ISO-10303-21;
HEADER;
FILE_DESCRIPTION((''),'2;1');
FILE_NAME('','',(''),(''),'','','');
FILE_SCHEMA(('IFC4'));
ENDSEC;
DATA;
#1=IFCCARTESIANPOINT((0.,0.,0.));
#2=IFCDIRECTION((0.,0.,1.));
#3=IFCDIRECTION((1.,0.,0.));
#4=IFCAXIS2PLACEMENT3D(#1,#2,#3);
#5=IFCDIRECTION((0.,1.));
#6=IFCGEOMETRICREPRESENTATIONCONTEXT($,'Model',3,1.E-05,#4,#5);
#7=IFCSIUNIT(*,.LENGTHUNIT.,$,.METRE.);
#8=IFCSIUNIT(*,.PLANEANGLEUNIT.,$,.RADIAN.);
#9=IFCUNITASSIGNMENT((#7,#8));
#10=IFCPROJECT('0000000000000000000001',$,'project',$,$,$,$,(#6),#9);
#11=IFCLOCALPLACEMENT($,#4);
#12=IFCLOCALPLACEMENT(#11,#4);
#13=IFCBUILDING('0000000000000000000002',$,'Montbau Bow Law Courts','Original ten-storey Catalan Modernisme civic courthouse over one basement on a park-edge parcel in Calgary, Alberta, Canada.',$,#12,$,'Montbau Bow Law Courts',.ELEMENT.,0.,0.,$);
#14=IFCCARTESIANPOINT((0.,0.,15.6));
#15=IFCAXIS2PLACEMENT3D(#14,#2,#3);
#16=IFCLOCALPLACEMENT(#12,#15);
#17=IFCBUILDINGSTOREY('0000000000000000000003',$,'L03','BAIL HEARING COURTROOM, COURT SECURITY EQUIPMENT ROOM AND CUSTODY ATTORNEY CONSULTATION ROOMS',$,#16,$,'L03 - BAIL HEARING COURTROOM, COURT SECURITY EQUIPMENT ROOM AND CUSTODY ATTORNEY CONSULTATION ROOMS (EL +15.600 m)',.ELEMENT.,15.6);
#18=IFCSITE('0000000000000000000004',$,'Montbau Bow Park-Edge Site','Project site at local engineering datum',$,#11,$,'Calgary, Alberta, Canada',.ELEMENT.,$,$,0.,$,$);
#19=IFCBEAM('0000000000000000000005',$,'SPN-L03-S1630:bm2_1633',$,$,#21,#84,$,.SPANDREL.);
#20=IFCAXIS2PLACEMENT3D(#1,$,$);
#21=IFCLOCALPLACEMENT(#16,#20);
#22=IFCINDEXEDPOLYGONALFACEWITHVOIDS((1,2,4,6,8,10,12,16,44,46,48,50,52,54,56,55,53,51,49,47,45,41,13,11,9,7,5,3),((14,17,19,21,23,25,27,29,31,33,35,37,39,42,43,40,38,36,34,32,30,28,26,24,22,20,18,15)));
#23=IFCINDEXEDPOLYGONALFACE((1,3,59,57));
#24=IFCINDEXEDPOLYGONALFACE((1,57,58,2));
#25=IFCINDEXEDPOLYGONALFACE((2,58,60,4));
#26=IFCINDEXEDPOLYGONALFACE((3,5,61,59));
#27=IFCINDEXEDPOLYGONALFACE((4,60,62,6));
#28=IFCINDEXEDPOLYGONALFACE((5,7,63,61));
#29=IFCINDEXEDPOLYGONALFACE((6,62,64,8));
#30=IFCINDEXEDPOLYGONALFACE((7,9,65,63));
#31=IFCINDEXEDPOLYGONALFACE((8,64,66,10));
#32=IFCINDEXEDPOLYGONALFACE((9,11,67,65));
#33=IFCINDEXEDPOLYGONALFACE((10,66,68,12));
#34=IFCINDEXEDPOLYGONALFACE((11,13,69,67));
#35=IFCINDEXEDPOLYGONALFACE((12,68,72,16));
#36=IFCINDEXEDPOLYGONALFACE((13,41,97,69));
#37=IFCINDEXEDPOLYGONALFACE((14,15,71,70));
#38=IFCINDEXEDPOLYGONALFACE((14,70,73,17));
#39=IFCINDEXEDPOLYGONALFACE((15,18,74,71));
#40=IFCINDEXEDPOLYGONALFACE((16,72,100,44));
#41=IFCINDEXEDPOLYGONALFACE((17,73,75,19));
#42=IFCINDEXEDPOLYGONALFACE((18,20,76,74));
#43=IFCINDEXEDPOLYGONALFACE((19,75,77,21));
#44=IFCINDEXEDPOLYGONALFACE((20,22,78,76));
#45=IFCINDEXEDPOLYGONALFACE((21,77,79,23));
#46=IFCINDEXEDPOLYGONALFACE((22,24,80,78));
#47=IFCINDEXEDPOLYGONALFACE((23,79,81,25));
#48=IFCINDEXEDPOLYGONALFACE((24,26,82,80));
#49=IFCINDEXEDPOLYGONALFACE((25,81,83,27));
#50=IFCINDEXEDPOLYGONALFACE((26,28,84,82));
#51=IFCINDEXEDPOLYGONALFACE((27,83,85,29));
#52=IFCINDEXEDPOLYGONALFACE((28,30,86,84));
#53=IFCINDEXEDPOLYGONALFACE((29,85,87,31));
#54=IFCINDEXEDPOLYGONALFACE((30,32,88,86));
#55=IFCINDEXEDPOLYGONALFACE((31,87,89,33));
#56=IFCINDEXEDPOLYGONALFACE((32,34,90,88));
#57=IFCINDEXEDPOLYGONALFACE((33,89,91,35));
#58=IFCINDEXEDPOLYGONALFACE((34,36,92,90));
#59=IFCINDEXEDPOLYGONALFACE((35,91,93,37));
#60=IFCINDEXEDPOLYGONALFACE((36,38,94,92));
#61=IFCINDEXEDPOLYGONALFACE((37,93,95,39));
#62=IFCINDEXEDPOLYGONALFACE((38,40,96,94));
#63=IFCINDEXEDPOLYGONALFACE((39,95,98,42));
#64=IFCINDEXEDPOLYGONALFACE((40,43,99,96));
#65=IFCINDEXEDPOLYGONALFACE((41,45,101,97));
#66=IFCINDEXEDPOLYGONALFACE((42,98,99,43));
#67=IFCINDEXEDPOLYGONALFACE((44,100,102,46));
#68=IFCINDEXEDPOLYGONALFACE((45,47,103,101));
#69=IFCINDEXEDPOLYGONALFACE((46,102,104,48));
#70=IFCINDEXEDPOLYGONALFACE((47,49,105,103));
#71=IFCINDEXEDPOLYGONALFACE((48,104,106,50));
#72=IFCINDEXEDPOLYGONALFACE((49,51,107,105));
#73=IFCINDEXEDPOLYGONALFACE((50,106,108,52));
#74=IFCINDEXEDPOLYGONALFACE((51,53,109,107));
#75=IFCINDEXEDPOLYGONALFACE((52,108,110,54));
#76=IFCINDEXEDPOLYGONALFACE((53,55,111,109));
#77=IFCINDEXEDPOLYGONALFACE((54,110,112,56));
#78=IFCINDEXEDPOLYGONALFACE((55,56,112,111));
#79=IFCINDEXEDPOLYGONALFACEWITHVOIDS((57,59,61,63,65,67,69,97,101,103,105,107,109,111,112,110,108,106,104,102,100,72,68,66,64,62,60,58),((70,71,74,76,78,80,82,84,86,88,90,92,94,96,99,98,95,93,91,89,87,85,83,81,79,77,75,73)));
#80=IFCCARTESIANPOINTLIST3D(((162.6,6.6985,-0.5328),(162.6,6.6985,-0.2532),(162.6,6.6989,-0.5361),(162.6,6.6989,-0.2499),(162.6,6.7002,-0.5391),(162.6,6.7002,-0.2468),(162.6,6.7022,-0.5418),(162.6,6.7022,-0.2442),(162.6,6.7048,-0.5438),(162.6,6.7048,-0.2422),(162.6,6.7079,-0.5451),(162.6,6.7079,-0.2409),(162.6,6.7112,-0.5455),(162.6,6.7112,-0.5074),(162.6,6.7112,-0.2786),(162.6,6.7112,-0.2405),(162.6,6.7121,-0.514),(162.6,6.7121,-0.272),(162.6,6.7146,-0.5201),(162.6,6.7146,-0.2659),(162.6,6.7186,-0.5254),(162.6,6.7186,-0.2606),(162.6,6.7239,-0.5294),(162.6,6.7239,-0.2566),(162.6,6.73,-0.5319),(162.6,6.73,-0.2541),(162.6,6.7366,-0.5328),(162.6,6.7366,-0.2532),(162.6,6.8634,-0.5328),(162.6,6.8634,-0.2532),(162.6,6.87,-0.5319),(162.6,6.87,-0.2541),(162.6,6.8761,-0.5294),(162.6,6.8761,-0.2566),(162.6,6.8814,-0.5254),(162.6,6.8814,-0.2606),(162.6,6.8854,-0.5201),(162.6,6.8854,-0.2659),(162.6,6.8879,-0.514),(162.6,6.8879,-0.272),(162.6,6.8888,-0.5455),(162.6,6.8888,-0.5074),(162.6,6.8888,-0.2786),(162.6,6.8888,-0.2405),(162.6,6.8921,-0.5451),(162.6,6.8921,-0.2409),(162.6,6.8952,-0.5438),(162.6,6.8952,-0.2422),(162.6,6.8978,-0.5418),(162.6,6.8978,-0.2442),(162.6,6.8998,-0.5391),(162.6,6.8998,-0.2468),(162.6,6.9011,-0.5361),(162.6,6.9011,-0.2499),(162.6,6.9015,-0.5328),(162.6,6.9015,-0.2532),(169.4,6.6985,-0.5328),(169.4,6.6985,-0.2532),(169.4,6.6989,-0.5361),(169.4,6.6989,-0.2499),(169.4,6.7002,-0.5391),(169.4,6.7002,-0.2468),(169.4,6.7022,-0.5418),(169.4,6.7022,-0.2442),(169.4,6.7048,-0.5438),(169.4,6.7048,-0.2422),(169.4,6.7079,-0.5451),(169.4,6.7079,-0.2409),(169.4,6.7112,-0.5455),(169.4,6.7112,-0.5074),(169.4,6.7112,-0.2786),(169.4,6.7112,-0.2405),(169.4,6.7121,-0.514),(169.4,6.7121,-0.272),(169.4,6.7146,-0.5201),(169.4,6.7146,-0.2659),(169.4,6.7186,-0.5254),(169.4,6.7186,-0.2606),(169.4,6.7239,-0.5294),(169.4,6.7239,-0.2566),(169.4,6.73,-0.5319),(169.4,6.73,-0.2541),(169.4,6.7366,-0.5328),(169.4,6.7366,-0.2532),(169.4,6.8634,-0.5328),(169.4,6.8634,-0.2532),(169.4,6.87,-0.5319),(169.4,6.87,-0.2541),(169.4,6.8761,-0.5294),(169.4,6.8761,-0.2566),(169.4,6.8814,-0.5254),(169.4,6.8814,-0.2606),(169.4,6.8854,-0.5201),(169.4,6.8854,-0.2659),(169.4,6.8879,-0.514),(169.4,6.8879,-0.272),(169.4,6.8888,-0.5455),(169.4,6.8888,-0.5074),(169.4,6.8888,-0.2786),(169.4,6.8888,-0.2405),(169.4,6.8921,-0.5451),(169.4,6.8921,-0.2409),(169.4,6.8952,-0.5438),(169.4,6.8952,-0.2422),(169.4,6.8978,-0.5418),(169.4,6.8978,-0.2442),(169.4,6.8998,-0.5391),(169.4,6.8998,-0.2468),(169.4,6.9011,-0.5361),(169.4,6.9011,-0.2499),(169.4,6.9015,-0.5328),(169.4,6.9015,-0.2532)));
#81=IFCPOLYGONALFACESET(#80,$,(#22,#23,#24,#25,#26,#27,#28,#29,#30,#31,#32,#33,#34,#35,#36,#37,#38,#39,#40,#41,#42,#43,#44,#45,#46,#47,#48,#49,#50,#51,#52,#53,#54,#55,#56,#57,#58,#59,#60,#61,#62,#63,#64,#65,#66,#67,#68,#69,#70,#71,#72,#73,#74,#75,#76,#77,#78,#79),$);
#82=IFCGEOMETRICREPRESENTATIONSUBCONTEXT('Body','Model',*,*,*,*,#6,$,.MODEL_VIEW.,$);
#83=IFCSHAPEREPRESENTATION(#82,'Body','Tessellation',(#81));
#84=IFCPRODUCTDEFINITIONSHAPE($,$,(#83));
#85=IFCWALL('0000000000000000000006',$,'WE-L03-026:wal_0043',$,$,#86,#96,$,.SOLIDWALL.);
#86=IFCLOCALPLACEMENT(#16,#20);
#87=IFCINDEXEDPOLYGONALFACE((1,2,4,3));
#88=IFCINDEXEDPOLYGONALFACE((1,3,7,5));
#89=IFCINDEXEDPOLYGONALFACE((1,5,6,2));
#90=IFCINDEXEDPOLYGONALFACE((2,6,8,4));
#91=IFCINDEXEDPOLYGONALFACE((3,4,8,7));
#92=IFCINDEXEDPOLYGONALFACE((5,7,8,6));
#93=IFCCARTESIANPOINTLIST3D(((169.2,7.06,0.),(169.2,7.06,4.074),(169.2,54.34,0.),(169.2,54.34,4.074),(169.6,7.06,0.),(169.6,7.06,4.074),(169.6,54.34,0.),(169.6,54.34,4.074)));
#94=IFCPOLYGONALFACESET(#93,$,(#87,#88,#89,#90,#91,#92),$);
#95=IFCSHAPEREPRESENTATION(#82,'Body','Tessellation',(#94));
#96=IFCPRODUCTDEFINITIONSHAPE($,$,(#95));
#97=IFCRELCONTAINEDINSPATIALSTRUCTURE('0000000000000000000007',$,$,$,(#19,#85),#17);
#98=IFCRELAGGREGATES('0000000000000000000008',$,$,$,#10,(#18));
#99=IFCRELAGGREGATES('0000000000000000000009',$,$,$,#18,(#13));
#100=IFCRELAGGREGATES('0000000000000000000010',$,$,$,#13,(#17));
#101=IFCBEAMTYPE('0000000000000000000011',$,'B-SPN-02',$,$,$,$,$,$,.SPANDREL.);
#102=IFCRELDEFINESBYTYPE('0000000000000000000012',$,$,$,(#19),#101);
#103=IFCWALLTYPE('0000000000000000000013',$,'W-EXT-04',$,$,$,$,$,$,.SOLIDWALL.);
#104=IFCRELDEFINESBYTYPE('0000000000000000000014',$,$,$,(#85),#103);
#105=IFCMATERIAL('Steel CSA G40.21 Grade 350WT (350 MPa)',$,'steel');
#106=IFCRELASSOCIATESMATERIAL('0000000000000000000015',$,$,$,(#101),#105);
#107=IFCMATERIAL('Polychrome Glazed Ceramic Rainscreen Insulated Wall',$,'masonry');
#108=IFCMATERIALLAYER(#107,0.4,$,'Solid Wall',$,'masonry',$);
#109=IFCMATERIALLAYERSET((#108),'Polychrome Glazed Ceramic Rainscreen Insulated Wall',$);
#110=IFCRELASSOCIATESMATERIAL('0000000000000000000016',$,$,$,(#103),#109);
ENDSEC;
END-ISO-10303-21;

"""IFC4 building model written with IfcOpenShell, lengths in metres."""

from ifc_helpers import new_model, si_unit, direction, frame, frame_2d, origin_with_axes, origin_2d_with_axis, place, context, subcontext, project, spatial, rectangle, hollow_rectangle, extrude, material, layer, layer_set, material_profile, profile_set, type_object, element, save


model = new_model("IFC4")

# Units and contexts
model_context = context("Model", 3, precision=1e-05, world=origin_with_axes(), true_north=direction((0.0, 1.0)))
body_context = subcontext(model_context, "Body", "Model", "MODEL_VIEW")
ifc_project = project(units=[si_unit("LENGTHUNIT", "METRE"), si_unit("PLANEANGLEUNIT", "RADIAN")], contexts=[model_context])

# Site, building, storey
site_placement = place(None, origin_with_axes())
site = spatial("IfcSite", under=ifc_project, at=site_placement, Name="Montbau Bow Park-Edge Site", Description="Project site at local engineering datum", LongName="Calgary, Alberta, Canada", CompositionType="ELEMENT", RefElevation=0.0)
building_placement = place(site_placement, origin_with_axes())
building = spatial("IfcBuilding", under=site, at=building_placement, Name="Montbau Bow Law Courts", Description="Original ten-storey Catalan Modernisme civic courthouse over one basement on a park-edge parcel in Calgary, Alberta, Canada.", LongName="Montbau Bow Law Courts", CompositionType="ELEMENT", ElevationOfRefHeight=0.0, ElevationOfTerrain=0.0)
storey_placement = place(building_placement, frame((0.0, 0.0, 15.6), z_axis=(0.0, 0.0, 1.0), x_axis=(1.0, 0.0, 0.0)))
storey = spatial("IfcBuildingStorey", under=building, at=storey_placement, Name="L03", Description="BAIL HEARING COURTROOM, COURT SECURITY EQUIPMENT ROOM AND CUSTODY ATTORNEY CONSULTATION ROOMS", LongName="L03 - BAIL HEARING COURTROOM, COURT SECURITY EQUIPMENT ROOM AND CUSTODY ATTORNEY CONSULTATION ROOMS (EL +15.600 m)", CompositionType="ELEMENT", Elevation=15.6)

# Beam
ifc_material_1 = material(Name="Steel CSA G40.21 Grade 350WT (350 MPa)", Category="steel")
ifc_material_profile_1 = material_profile(ifc_material_1, hollow_rectangle(XDim=0.203, YDim=0.305, WallThickness=0.0127, InnerFilletRadius=0.0254, OuterFilletRadius=0.0127, at=origin_2d_with_axis()), Name="HSS305X203X13", Category="Main", Priority=0)
ifc_profile_set_1 = profile_set([ifc_material_profile_1], Name="Steel CSA G40.21 Grade 350WT (350 MPa)")
beam_type_1 = type_object("IfcBeamType", Name="B-SPN-02", PredefinedType="SPANDREL", material=ifc_profile_set_1)
beam_1_placement = place(None, frame((162.6, 6.8, 15.207), z_axis=(1.0, 0.0, 0.0), x_axis=(0.0, 1.0, 0.0)))
element("IfcBeam", 1, at=beam_1_placement, inside=storey, type_object=beam_type_1, Name="SPN-L03-S1630:bm2_1633", PredefinedType="SPANDREL", context=body_context, shape_type="SweptSolid", body=[
    extrude(hollow_rectangle(XDim=0.203, YDim=0.305, WallThickness=0.0127, InnerFilletRadius=0.0254, OuterFilletRadius=0.0127, at=origin_2d_with_axis()), origin_with_axes(), (0.0, 0.0, 1.0), 6.8),
])

# Wall
ifc_material_2 = material(Name="Polychrome Glazed Ceramic Rainscreen Insulated Wall", Category="masonry")
ifc_layer = layer(ifc_material_2, 0.4, Name="Solid Wall", Category="masonry")
ifc_layer_set = layer_set([ifc_layer], Name="Polychrome Glazed Ceramic Rainscreen Insulated Wall")
wall_type = type_object("IfcWallType", Name="W-EXT-04", PredefinedType="SOLIDWALL", material=ifc_layer_set)
wall_placement = place(None, frame((169.4, 7.06, 15.6), z_axis=(0.0, 0.0, 1.0), x_axis=(0.0, 1.0, 0.0)))
element("IfcWall", 2, at=wall_placement, inside=storey, type_object=wall_type, Name="WE-L03-026:wal_0043", PredefinedType="SOLIDWALL", context=body_context, shape_type="SweptSolid", body=[
    extrude(rectangle(XDim=47.28, YDim=0.4, at=frame_2d((23.64, 0.0), x_axis=(1.0, 0.0))), origin_with_axes(), (0.0, 0.0, 1.0), 4.074),
])

save(model, "model.ifc")
